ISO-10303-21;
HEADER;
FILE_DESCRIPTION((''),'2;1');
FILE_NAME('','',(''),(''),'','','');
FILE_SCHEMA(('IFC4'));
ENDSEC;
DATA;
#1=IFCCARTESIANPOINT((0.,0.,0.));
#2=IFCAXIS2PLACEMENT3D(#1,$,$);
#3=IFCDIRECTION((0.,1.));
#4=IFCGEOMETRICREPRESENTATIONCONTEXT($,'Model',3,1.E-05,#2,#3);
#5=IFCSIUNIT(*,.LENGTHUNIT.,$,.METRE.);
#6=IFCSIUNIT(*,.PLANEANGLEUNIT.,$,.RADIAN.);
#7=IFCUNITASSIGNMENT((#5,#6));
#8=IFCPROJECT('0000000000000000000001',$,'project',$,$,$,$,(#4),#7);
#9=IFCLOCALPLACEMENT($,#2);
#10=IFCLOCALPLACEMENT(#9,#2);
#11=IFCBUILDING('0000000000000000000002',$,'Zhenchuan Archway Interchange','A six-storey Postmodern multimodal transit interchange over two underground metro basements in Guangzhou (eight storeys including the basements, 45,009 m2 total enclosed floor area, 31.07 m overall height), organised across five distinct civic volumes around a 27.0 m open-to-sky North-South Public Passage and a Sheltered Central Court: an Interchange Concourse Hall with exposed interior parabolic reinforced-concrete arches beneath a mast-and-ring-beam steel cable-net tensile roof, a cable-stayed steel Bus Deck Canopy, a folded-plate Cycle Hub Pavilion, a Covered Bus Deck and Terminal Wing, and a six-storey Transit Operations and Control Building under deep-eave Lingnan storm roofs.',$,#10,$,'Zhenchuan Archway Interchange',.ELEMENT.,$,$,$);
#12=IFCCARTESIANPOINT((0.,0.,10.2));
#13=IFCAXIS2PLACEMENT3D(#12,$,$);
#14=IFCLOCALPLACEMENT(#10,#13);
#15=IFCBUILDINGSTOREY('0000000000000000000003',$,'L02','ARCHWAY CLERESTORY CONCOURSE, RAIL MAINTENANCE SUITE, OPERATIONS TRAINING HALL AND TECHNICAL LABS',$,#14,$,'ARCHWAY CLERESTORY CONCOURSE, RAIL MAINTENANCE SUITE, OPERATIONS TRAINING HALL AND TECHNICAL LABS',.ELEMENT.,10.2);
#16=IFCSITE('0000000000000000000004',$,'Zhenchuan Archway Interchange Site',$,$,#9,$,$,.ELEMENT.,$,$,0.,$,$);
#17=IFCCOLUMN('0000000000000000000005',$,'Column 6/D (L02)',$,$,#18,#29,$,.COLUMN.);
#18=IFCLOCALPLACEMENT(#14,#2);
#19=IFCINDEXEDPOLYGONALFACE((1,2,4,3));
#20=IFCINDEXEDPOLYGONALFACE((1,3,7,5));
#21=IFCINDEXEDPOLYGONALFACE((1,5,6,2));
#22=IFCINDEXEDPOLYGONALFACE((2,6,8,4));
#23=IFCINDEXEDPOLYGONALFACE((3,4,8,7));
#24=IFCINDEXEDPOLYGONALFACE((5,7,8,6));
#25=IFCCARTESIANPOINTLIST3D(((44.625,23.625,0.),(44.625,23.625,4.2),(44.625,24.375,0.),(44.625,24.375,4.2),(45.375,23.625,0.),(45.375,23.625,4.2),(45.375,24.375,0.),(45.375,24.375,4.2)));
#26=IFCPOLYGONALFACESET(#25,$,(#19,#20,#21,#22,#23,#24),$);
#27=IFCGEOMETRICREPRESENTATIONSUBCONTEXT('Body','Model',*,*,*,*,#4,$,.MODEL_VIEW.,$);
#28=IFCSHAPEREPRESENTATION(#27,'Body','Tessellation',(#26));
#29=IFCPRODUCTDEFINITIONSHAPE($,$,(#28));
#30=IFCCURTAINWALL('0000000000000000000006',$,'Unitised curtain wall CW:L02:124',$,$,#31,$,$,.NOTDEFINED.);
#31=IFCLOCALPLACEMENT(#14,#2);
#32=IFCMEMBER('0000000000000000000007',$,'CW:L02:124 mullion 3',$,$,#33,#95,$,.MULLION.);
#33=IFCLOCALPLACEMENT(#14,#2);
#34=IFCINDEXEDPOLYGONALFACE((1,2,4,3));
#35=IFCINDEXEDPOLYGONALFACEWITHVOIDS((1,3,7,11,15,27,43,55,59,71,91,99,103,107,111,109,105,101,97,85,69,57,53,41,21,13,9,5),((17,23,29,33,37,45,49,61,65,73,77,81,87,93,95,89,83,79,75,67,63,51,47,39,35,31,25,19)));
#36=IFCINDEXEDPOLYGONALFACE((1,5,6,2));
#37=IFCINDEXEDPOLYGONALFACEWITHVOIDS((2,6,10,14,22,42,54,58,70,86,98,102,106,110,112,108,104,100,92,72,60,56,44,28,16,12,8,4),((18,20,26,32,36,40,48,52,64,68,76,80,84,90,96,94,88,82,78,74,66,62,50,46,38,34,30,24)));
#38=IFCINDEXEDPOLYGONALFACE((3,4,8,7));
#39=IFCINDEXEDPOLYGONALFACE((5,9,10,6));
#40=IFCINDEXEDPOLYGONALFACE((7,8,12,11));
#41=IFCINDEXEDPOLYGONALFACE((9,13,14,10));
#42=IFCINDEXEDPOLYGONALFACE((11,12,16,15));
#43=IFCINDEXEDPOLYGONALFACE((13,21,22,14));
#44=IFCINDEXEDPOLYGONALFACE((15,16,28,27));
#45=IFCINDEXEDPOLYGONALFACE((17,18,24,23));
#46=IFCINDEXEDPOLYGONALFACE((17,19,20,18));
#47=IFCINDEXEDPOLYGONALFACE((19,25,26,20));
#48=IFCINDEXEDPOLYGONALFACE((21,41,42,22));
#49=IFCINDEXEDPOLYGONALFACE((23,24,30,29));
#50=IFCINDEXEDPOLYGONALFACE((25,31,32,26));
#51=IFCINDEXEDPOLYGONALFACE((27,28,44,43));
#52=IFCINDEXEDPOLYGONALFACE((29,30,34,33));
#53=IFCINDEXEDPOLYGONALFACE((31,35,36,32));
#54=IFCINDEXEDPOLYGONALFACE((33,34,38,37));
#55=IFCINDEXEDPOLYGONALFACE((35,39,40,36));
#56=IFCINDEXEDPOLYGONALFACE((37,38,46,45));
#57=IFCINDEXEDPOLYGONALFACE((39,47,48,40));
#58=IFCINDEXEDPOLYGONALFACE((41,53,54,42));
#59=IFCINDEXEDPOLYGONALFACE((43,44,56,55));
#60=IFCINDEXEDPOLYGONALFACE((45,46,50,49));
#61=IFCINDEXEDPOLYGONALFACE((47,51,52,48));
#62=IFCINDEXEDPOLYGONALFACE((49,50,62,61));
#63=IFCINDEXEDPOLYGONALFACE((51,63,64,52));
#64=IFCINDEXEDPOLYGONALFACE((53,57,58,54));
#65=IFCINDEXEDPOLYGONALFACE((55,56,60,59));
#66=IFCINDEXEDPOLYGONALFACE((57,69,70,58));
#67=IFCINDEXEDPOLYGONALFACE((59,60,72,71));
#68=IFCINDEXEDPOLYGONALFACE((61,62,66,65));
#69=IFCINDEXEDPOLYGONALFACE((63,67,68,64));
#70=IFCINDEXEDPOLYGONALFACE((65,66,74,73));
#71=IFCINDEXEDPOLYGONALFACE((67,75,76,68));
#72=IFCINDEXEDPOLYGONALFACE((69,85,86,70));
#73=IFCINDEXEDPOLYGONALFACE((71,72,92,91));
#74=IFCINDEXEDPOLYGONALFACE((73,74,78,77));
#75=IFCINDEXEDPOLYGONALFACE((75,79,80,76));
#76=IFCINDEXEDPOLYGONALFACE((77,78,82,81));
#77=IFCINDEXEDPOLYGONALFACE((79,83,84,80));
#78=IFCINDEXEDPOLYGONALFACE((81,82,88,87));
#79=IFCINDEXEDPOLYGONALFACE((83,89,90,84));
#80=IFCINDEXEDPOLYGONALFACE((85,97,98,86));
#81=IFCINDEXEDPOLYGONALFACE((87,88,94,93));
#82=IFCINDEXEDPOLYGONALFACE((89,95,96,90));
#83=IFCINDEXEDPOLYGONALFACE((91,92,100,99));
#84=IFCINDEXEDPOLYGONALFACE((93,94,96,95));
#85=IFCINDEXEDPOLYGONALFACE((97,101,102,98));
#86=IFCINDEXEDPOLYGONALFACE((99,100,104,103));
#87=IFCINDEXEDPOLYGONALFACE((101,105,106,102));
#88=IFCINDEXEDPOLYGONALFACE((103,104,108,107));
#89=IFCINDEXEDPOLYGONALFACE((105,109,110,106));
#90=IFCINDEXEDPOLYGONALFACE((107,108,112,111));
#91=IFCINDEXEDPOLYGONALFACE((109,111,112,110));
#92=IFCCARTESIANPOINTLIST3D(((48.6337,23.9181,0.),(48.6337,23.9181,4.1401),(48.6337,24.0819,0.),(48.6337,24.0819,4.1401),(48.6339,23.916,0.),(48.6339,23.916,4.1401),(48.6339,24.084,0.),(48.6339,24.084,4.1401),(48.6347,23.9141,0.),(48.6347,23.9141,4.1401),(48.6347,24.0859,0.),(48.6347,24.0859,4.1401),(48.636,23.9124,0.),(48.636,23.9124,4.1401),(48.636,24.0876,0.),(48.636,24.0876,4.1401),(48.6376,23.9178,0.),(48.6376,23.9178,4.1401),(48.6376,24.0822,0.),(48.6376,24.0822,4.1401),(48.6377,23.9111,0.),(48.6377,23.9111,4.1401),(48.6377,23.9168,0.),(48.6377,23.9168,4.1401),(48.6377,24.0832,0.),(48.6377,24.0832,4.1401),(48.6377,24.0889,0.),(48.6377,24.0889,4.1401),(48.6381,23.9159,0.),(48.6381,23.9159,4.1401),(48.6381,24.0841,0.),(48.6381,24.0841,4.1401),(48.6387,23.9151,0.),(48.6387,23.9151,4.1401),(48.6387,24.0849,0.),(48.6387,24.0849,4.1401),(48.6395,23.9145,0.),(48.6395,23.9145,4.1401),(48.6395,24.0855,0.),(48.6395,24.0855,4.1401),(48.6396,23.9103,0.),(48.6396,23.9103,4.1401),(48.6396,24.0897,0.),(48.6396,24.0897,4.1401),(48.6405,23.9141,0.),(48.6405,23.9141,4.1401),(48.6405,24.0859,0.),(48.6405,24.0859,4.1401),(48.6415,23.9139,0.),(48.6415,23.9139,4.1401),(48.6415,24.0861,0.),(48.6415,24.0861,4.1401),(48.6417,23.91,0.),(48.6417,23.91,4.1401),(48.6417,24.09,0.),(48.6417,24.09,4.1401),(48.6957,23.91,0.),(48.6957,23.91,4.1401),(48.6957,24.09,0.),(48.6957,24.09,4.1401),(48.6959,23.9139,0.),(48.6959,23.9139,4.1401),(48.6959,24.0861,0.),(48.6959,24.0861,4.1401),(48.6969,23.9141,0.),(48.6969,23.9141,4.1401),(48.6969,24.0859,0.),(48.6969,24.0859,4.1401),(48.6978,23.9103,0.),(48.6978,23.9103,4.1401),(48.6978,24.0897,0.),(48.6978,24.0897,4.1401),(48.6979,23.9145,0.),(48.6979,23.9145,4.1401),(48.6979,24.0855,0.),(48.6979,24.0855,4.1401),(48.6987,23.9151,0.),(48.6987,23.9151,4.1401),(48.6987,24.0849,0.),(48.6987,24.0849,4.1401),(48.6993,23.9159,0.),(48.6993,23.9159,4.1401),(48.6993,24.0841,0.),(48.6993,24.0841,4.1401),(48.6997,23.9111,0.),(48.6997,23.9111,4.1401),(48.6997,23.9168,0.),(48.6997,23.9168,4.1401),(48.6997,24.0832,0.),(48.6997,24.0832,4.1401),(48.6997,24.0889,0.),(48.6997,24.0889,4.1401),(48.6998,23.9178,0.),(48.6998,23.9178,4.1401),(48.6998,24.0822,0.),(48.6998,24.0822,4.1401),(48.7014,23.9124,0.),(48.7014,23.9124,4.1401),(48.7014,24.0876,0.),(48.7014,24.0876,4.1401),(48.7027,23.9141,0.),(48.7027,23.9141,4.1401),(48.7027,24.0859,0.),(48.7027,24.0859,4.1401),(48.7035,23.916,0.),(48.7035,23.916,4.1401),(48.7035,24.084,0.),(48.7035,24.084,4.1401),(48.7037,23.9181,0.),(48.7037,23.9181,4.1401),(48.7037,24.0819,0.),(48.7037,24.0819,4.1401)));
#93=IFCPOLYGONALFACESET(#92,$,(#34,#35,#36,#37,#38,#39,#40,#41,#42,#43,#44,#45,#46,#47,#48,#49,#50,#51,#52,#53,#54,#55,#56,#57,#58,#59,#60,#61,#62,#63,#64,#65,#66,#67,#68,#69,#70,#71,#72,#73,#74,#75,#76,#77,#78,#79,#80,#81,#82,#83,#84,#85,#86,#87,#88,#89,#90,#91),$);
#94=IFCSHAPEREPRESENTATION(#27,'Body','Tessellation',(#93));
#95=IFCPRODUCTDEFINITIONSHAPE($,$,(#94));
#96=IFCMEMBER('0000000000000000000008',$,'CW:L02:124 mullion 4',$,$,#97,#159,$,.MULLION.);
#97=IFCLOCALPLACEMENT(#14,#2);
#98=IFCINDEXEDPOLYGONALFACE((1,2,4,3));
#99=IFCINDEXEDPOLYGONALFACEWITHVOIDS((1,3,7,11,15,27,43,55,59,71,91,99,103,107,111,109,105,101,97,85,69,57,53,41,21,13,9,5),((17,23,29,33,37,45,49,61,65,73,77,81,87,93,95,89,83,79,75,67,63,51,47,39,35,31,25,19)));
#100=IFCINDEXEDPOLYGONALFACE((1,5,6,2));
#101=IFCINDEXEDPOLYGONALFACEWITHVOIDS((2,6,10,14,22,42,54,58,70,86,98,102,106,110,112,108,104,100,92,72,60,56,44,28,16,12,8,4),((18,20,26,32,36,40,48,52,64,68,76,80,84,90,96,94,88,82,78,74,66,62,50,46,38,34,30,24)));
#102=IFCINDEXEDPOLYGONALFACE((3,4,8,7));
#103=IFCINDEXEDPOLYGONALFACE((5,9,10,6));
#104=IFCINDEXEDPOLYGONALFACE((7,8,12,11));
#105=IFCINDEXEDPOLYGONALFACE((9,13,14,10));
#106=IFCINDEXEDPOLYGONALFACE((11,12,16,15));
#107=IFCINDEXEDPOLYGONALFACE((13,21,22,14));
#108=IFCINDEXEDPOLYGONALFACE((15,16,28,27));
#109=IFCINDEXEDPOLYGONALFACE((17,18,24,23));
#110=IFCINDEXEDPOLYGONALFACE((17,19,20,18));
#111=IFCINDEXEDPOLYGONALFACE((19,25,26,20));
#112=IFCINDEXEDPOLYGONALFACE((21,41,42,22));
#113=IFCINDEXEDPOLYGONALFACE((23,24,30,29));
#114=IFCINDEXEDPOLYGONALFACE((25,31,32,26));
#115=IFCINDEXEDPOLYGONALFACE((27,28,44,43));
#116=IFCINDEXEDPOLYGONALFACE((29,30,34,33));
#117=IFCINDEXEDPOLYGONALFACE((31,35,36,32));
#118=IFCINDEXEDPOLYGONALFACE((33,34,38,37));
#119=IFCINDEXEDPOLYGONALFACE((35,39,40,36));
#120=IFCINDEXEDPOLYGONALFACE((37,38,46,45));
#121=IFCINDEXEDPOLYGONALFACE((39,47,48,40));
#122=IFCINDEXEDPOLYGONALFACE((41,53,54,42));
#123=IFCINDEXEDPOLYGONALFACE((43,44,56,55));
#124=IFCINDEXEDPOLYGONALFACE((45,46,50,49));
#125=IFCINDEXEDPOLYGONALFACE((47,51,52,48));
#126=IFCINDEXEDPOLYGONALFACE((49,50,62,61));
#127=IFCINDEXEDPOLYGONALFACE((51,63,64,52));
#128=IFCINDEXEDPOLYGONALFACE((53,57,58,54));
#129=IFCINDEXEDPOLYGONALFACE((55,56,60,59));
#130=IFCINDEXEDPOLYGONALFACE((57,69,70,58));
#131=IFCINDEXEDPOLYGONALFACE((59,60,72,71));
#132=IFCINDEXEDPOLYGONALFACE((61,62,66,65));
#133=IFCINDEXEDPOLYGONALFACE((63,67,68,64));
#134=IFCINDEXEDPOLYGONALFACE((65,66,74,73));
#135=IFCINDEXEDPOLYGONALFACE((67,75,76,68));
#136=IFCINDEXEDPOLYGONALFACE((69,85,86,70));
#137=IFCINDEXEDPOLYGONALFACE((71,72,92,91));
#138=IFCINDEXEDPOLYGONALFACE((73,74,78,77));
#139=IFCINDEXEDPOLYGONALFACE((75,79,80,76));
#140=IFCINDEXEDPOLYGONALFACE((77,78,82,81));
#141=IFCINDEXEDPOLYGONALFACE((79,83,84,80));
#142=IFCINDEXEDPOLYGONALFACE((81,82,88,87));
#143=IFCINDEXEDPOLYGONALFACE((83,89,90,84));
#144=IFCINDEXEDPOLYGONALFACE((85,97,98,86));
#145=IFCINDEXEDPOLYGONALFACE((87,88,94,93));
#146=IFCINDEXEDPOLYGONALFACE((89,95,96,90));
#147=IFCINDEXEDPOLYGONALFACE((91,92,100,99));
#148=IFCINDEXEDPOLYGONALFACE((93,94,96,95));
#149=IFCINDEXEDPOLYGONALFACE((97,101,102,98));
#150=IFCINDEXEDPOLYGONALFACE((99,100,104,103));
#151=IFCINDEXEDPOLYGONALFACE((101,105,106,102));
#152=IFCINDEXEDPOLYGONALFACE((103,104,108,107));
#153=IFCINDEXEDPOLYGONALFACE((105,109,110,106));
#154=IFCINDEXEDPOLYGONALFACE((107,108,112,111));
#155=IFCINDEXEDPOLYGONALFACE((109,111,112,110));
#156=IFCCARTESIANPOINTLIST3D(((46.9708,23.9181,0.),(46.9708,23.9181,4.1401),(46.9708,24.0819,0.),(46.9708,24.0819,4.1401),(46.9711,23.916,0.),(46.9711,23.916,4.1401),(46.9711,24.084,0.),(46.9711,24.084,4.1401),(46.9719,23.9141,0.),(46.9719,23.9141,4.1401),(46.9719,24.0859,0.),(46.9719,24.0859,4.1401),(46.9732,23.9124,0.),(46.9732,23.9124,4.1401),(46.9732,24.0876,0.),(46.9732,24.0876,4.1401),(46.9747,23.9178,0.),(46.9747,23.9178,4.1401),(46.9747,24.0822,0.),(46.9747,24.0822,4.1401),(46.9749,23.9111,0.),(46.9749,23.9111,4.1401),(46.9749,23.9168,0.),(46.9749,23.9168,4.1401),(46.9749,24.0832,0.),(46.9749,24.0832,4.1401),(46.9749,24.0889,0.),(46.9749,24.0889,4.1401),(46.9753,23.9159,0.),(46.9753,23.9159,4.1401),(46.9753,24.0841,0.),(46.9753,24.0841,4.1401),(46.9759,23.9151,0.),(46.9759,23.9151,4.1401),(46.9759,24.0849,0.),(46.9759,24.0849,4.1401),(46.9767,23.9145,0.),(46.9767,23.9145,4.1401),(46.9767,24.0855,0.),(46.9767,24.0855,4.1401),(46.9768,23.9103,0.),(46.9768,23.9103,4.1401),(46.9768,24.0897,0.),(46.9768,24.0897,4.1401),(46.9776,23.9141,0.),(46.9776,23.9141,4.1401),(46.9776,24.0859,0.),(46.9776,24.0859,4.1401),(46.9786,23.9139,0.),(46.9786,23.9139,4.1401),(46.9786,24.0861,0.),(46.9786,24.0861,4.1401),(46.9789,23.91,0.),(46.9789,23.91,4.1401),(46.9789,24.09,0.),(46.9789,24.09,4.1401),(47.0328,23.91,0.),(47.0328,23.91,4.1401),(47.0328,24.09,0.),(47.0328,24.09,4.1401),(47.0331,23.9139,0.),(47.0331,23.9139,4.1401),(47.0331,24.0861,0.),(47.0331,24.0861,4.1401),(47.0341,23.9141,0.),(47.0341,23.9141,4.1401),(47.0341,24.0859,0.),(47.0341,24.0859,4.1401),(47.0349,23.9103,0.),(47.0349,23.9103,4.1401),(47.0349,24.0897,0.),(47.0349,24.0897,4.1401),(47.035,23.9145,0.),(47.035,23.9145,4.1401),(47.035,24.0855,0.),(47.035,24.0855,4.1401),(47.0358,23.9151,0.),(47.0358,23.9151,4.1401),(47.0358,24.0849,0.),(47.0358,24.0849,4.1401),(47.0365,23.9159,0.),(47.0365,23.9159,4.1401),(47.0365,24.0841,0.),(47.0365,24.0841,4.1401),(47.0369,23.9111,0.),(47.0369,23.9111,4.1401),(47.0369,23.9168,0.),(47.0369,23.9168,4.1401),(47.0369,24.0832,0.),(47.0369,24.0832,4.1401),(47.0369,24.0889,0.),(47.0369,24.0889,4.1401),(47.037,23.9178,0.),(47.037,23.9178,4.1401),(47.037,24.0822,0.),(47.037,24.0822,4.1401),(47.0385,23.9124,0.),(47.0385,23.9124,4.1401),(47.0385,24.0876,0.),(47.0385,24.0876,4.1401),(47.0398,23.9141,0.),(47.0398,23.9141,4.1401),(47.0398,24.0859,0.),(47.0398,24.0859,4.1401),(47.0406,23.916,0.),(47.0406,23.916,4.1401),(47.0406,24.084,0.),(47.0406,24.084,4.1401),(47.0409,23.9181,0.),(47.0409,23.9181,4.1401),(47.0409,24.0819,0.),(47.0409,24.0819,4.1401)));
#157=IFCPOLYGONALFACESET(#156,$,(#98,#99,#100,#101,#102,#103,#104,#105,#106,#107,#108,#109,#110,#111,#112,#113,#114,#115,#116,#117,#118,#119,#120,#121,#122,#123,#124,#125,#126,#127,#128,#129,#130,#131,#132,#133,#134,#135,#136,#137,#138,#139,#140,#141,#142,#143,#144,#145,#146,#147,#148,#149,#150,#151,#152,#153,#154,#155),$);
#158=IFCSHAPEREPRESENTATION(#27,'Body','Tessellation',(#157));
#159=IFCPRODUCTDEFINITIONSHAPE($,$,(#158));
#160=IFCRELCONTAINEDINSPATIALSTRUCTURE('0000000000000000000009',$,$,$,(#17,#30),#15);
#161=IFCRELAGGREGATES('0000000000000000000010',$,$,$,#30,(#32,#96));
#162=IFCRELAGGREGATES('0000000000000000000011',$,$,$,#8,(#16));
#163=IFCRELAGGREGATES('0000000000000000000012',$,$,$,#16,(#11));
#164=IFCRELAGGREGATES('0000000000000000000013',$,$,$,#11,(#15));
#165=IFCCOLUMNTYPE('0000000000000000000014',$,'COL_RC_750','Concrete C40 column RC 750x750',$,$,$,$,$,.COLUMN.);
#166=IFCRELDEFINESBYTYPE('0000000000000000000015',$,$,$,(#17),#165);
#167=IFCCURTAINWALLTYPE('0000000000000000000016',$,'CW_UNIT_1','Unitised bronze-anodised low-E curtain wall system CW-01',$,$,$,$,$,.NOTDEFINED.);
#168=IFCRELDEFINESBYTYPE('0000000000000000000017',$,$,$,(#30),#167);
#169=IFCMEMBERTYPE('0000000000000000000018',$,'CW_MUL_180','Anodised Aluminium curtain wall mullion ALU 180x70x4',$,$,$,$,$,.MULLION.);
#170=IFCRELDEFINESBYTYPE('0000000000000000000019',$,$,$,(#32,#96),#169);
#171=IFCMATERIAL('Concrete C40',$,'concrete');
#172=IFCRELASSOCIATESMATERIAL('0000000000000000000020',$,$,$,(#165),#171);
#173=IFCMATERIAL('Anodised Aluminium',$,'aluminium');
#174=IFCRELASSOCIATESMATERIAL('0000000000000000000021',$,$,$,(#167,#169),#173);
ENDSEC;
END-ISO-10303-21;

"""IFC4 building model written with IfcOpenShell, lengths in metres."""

from ifc_helpers import new_model, si_unit, direction, frame, origin, origin_2d, place, context, subcontext, project, spatial, rectangle, hollow_rectangle, extrude, material, material_profile, profile_set, type_object, element, aggregate, save


model = new_model("IFC4")

# Units and contexts
model_context = context("Model", 3, precision=1e-05, world=origin(), true_north=direction((0.0, 1.0)))
body_context = subcontext(model_context, "Body", "Model", "MODEL_VIEW")
ifc_project = project(units=[si_unit("LENGTHUNIT", "METRE"), si_unit("PLANEANGLEUNIT", "RADIAN")], contexts=[model_context])

# Site, building, storey
site_placement = place(None, origin())
site = spatial("IfcSite", under=ifc_project, at=site_placement, Name="Zhenchuan Archway Interchange Site", CompositionType="ELEMENT", RefElevation=0.0)
building_placement = place(site_placement, origin())
building = spatial("IfcBuilding", under=site, at=building_placement, Name="Zhenchuan Archway Interchange", Description="A six-storey Postmodern multimodal transit interchange over two underground metro basements in Guangzhou (eight storeys including the basements, 45,009 m2 total enclosed floor area, 31.07 m overall height), organised across five distinct civic volumes around a 27.0 m open-to-sky North-South Public Passage and a Sheltered Central Court: an Interchange Concourse Hall with exposed interior parabolic reinforced-concrete arches beneath a mast-and-ring-beam steel cable-net tensile roof, a cable-stayed steel Bus Deck Canopy, a folded-plate Cycle Hub Pavilion, a Covered Bus Deck and Terminal Wing, and a six-storey Transit Operations and Control Building under deep-eave Lingnan storm roofs.", LongName="Zhenchuan Archway Interchange", CompositionType="ELEMENT")
storey_placement = place(building_placement, frame((0.0, 0.0, 10.2)))
storey = spatial("IfcBuildingStorey", under=building, at=storey_placement, Name="L02", Description="ARCHWAY CLERESTORY CONCOURSE, RAIL MAINTENANCE SUITE, OPERATIONS TRAINING HALL AND TECHNICAL LABS", LongName="ARCHWAY CLERESTORY CONCOURSE, RAIL MAINTENANCE SUITE, OPERATIONS TRAINING HALL AND TECHNICAL LABS", CompositionType="ELEMENT", Elevation=10.2)

# Column
ifc_material_1 = material(Name="Concrete C40", Category="concrete")
ifc_material_profile_1 = material_profile(ifc_material_1, rectangle(XDim=0.75, YDim=0.75, at=origin_2d()), Name="RC 750x750")
ifc_profile_set_1 = profile_set([ifc_material_profile_1], Name="Concrete C40")
column_type = type_object("IfcColumnType", Name="COL_RC_750", Description="Concrete C40 column RC 750x750", PredefinedType="COLUMN", material=ifc_profile_set_1)
column_placement = place(storey_placement, frame((45.0, 24.0, 0.0), z_axis=(0.0, 0.0, 1.0), x_axis=(1.0, 0.0, 0.0)))
element("IfcColumn", 1, at=column_placement, inside=storey, type_object=column_type, Name="Column 6/D (L02)", PredefinedType="COLUMN", context=body_context, shape_type="SweptSolid", body=[
    extrude(rectangle(XDim=0.75, YDim=0.75, at=origin_2d()), origin(), (0.0, 0.0, 1.0), 4.2),
])

# Curtain wall, members
ifc_material_2 = material(Name="Anodised Aluminium", Category="aluminium")
curtain_wall_type = type_object("IfcCurtainWallType", Name="CW_UNIT_1", Description="Unitised bronze-anodised low-E curtain wall system CW-01", PredefinedType="NOTDEFINED", material=ifc_material_2)
curtain_wall_placement = place(storey_placement, origin())
curtain_wall = element("IfcCurtainWall", 2, at=curtain_wall_placement, inside=storey, type_object=curtain_wall_type, Name="Unitised curtain wall CW:L02:124", PredefinedType="NOTDEFINED")
ifc_material_profile_2 = material_profile(ifc_material_2, hollow_rectangle(XDim=0.0701, YDim=0.1799, WallThickness=0.0039, InnerFilletRadius=0.0039, OuterFilletRadius=0.0081, at=origin_2d()), Name="ALU 180x70x4")
ifc_profile_set_2 = profile_set([ifc_material_profile_2], Name="Anodised Aluminium")
member_type_1 = type_object("IfcMemberType", Name="CW_MUL_180", Description="Anodised Aluminium curtain wall mullion ALU 180x70x4", PredefinedType="MULLION", material=ifc_profile_set_2)
member_1_placement = place(storey_placement, frame((48.6687, 24.0, 0.0), z_axis=(0.0, 0.0, 1.0), x_axis=(1.0, 0.0, 0.0)))
member_1 = element("IfcMember", 3, at=member_1_placement, type_object=member_type_1, Name="CW:L02:124 mullion 3", PredefinedType="MULLION", context=body_context, shape_type="SweptSolid", body=[
    extrude(hollow_rectangle(XDim=0.0701, YDim=0.1799, WallThickness=0.0039, InnerFilletRadius=0.0039, OuterFilletRadius=0.0081, at=origin_2d()), origin(), (0.0, 0.0, 1.0), 4.1401),
])
member_2_placement = place(storey_placement, frame((47.0059, 24.0, 0.0), z_axis=(0.0, 0.0, 1.0), x_axis=(1.0, 0.0, 0.0)))
member_2 = element("IfcMember", 4, at=member_2_placement, type_object=member_type_1, Name="CW:L02:124 mullion 4", PredefinedType="MULLION", context=body_context, shape_type="SweptSolid", body=[
    extrude(hollow_rectangle(XDim=0.0701, YDim=0.1799, WallThickness=0.0039, InnerFilletRadius=0.0039, OuterFilletRadius=0.0081, at=origin_2d()), origin(), (0.0, 0.0, 1.0), 4.1401),
])

aggregate(curtain_wall, [member_1, member_2])

save(model, "model.ifc")
